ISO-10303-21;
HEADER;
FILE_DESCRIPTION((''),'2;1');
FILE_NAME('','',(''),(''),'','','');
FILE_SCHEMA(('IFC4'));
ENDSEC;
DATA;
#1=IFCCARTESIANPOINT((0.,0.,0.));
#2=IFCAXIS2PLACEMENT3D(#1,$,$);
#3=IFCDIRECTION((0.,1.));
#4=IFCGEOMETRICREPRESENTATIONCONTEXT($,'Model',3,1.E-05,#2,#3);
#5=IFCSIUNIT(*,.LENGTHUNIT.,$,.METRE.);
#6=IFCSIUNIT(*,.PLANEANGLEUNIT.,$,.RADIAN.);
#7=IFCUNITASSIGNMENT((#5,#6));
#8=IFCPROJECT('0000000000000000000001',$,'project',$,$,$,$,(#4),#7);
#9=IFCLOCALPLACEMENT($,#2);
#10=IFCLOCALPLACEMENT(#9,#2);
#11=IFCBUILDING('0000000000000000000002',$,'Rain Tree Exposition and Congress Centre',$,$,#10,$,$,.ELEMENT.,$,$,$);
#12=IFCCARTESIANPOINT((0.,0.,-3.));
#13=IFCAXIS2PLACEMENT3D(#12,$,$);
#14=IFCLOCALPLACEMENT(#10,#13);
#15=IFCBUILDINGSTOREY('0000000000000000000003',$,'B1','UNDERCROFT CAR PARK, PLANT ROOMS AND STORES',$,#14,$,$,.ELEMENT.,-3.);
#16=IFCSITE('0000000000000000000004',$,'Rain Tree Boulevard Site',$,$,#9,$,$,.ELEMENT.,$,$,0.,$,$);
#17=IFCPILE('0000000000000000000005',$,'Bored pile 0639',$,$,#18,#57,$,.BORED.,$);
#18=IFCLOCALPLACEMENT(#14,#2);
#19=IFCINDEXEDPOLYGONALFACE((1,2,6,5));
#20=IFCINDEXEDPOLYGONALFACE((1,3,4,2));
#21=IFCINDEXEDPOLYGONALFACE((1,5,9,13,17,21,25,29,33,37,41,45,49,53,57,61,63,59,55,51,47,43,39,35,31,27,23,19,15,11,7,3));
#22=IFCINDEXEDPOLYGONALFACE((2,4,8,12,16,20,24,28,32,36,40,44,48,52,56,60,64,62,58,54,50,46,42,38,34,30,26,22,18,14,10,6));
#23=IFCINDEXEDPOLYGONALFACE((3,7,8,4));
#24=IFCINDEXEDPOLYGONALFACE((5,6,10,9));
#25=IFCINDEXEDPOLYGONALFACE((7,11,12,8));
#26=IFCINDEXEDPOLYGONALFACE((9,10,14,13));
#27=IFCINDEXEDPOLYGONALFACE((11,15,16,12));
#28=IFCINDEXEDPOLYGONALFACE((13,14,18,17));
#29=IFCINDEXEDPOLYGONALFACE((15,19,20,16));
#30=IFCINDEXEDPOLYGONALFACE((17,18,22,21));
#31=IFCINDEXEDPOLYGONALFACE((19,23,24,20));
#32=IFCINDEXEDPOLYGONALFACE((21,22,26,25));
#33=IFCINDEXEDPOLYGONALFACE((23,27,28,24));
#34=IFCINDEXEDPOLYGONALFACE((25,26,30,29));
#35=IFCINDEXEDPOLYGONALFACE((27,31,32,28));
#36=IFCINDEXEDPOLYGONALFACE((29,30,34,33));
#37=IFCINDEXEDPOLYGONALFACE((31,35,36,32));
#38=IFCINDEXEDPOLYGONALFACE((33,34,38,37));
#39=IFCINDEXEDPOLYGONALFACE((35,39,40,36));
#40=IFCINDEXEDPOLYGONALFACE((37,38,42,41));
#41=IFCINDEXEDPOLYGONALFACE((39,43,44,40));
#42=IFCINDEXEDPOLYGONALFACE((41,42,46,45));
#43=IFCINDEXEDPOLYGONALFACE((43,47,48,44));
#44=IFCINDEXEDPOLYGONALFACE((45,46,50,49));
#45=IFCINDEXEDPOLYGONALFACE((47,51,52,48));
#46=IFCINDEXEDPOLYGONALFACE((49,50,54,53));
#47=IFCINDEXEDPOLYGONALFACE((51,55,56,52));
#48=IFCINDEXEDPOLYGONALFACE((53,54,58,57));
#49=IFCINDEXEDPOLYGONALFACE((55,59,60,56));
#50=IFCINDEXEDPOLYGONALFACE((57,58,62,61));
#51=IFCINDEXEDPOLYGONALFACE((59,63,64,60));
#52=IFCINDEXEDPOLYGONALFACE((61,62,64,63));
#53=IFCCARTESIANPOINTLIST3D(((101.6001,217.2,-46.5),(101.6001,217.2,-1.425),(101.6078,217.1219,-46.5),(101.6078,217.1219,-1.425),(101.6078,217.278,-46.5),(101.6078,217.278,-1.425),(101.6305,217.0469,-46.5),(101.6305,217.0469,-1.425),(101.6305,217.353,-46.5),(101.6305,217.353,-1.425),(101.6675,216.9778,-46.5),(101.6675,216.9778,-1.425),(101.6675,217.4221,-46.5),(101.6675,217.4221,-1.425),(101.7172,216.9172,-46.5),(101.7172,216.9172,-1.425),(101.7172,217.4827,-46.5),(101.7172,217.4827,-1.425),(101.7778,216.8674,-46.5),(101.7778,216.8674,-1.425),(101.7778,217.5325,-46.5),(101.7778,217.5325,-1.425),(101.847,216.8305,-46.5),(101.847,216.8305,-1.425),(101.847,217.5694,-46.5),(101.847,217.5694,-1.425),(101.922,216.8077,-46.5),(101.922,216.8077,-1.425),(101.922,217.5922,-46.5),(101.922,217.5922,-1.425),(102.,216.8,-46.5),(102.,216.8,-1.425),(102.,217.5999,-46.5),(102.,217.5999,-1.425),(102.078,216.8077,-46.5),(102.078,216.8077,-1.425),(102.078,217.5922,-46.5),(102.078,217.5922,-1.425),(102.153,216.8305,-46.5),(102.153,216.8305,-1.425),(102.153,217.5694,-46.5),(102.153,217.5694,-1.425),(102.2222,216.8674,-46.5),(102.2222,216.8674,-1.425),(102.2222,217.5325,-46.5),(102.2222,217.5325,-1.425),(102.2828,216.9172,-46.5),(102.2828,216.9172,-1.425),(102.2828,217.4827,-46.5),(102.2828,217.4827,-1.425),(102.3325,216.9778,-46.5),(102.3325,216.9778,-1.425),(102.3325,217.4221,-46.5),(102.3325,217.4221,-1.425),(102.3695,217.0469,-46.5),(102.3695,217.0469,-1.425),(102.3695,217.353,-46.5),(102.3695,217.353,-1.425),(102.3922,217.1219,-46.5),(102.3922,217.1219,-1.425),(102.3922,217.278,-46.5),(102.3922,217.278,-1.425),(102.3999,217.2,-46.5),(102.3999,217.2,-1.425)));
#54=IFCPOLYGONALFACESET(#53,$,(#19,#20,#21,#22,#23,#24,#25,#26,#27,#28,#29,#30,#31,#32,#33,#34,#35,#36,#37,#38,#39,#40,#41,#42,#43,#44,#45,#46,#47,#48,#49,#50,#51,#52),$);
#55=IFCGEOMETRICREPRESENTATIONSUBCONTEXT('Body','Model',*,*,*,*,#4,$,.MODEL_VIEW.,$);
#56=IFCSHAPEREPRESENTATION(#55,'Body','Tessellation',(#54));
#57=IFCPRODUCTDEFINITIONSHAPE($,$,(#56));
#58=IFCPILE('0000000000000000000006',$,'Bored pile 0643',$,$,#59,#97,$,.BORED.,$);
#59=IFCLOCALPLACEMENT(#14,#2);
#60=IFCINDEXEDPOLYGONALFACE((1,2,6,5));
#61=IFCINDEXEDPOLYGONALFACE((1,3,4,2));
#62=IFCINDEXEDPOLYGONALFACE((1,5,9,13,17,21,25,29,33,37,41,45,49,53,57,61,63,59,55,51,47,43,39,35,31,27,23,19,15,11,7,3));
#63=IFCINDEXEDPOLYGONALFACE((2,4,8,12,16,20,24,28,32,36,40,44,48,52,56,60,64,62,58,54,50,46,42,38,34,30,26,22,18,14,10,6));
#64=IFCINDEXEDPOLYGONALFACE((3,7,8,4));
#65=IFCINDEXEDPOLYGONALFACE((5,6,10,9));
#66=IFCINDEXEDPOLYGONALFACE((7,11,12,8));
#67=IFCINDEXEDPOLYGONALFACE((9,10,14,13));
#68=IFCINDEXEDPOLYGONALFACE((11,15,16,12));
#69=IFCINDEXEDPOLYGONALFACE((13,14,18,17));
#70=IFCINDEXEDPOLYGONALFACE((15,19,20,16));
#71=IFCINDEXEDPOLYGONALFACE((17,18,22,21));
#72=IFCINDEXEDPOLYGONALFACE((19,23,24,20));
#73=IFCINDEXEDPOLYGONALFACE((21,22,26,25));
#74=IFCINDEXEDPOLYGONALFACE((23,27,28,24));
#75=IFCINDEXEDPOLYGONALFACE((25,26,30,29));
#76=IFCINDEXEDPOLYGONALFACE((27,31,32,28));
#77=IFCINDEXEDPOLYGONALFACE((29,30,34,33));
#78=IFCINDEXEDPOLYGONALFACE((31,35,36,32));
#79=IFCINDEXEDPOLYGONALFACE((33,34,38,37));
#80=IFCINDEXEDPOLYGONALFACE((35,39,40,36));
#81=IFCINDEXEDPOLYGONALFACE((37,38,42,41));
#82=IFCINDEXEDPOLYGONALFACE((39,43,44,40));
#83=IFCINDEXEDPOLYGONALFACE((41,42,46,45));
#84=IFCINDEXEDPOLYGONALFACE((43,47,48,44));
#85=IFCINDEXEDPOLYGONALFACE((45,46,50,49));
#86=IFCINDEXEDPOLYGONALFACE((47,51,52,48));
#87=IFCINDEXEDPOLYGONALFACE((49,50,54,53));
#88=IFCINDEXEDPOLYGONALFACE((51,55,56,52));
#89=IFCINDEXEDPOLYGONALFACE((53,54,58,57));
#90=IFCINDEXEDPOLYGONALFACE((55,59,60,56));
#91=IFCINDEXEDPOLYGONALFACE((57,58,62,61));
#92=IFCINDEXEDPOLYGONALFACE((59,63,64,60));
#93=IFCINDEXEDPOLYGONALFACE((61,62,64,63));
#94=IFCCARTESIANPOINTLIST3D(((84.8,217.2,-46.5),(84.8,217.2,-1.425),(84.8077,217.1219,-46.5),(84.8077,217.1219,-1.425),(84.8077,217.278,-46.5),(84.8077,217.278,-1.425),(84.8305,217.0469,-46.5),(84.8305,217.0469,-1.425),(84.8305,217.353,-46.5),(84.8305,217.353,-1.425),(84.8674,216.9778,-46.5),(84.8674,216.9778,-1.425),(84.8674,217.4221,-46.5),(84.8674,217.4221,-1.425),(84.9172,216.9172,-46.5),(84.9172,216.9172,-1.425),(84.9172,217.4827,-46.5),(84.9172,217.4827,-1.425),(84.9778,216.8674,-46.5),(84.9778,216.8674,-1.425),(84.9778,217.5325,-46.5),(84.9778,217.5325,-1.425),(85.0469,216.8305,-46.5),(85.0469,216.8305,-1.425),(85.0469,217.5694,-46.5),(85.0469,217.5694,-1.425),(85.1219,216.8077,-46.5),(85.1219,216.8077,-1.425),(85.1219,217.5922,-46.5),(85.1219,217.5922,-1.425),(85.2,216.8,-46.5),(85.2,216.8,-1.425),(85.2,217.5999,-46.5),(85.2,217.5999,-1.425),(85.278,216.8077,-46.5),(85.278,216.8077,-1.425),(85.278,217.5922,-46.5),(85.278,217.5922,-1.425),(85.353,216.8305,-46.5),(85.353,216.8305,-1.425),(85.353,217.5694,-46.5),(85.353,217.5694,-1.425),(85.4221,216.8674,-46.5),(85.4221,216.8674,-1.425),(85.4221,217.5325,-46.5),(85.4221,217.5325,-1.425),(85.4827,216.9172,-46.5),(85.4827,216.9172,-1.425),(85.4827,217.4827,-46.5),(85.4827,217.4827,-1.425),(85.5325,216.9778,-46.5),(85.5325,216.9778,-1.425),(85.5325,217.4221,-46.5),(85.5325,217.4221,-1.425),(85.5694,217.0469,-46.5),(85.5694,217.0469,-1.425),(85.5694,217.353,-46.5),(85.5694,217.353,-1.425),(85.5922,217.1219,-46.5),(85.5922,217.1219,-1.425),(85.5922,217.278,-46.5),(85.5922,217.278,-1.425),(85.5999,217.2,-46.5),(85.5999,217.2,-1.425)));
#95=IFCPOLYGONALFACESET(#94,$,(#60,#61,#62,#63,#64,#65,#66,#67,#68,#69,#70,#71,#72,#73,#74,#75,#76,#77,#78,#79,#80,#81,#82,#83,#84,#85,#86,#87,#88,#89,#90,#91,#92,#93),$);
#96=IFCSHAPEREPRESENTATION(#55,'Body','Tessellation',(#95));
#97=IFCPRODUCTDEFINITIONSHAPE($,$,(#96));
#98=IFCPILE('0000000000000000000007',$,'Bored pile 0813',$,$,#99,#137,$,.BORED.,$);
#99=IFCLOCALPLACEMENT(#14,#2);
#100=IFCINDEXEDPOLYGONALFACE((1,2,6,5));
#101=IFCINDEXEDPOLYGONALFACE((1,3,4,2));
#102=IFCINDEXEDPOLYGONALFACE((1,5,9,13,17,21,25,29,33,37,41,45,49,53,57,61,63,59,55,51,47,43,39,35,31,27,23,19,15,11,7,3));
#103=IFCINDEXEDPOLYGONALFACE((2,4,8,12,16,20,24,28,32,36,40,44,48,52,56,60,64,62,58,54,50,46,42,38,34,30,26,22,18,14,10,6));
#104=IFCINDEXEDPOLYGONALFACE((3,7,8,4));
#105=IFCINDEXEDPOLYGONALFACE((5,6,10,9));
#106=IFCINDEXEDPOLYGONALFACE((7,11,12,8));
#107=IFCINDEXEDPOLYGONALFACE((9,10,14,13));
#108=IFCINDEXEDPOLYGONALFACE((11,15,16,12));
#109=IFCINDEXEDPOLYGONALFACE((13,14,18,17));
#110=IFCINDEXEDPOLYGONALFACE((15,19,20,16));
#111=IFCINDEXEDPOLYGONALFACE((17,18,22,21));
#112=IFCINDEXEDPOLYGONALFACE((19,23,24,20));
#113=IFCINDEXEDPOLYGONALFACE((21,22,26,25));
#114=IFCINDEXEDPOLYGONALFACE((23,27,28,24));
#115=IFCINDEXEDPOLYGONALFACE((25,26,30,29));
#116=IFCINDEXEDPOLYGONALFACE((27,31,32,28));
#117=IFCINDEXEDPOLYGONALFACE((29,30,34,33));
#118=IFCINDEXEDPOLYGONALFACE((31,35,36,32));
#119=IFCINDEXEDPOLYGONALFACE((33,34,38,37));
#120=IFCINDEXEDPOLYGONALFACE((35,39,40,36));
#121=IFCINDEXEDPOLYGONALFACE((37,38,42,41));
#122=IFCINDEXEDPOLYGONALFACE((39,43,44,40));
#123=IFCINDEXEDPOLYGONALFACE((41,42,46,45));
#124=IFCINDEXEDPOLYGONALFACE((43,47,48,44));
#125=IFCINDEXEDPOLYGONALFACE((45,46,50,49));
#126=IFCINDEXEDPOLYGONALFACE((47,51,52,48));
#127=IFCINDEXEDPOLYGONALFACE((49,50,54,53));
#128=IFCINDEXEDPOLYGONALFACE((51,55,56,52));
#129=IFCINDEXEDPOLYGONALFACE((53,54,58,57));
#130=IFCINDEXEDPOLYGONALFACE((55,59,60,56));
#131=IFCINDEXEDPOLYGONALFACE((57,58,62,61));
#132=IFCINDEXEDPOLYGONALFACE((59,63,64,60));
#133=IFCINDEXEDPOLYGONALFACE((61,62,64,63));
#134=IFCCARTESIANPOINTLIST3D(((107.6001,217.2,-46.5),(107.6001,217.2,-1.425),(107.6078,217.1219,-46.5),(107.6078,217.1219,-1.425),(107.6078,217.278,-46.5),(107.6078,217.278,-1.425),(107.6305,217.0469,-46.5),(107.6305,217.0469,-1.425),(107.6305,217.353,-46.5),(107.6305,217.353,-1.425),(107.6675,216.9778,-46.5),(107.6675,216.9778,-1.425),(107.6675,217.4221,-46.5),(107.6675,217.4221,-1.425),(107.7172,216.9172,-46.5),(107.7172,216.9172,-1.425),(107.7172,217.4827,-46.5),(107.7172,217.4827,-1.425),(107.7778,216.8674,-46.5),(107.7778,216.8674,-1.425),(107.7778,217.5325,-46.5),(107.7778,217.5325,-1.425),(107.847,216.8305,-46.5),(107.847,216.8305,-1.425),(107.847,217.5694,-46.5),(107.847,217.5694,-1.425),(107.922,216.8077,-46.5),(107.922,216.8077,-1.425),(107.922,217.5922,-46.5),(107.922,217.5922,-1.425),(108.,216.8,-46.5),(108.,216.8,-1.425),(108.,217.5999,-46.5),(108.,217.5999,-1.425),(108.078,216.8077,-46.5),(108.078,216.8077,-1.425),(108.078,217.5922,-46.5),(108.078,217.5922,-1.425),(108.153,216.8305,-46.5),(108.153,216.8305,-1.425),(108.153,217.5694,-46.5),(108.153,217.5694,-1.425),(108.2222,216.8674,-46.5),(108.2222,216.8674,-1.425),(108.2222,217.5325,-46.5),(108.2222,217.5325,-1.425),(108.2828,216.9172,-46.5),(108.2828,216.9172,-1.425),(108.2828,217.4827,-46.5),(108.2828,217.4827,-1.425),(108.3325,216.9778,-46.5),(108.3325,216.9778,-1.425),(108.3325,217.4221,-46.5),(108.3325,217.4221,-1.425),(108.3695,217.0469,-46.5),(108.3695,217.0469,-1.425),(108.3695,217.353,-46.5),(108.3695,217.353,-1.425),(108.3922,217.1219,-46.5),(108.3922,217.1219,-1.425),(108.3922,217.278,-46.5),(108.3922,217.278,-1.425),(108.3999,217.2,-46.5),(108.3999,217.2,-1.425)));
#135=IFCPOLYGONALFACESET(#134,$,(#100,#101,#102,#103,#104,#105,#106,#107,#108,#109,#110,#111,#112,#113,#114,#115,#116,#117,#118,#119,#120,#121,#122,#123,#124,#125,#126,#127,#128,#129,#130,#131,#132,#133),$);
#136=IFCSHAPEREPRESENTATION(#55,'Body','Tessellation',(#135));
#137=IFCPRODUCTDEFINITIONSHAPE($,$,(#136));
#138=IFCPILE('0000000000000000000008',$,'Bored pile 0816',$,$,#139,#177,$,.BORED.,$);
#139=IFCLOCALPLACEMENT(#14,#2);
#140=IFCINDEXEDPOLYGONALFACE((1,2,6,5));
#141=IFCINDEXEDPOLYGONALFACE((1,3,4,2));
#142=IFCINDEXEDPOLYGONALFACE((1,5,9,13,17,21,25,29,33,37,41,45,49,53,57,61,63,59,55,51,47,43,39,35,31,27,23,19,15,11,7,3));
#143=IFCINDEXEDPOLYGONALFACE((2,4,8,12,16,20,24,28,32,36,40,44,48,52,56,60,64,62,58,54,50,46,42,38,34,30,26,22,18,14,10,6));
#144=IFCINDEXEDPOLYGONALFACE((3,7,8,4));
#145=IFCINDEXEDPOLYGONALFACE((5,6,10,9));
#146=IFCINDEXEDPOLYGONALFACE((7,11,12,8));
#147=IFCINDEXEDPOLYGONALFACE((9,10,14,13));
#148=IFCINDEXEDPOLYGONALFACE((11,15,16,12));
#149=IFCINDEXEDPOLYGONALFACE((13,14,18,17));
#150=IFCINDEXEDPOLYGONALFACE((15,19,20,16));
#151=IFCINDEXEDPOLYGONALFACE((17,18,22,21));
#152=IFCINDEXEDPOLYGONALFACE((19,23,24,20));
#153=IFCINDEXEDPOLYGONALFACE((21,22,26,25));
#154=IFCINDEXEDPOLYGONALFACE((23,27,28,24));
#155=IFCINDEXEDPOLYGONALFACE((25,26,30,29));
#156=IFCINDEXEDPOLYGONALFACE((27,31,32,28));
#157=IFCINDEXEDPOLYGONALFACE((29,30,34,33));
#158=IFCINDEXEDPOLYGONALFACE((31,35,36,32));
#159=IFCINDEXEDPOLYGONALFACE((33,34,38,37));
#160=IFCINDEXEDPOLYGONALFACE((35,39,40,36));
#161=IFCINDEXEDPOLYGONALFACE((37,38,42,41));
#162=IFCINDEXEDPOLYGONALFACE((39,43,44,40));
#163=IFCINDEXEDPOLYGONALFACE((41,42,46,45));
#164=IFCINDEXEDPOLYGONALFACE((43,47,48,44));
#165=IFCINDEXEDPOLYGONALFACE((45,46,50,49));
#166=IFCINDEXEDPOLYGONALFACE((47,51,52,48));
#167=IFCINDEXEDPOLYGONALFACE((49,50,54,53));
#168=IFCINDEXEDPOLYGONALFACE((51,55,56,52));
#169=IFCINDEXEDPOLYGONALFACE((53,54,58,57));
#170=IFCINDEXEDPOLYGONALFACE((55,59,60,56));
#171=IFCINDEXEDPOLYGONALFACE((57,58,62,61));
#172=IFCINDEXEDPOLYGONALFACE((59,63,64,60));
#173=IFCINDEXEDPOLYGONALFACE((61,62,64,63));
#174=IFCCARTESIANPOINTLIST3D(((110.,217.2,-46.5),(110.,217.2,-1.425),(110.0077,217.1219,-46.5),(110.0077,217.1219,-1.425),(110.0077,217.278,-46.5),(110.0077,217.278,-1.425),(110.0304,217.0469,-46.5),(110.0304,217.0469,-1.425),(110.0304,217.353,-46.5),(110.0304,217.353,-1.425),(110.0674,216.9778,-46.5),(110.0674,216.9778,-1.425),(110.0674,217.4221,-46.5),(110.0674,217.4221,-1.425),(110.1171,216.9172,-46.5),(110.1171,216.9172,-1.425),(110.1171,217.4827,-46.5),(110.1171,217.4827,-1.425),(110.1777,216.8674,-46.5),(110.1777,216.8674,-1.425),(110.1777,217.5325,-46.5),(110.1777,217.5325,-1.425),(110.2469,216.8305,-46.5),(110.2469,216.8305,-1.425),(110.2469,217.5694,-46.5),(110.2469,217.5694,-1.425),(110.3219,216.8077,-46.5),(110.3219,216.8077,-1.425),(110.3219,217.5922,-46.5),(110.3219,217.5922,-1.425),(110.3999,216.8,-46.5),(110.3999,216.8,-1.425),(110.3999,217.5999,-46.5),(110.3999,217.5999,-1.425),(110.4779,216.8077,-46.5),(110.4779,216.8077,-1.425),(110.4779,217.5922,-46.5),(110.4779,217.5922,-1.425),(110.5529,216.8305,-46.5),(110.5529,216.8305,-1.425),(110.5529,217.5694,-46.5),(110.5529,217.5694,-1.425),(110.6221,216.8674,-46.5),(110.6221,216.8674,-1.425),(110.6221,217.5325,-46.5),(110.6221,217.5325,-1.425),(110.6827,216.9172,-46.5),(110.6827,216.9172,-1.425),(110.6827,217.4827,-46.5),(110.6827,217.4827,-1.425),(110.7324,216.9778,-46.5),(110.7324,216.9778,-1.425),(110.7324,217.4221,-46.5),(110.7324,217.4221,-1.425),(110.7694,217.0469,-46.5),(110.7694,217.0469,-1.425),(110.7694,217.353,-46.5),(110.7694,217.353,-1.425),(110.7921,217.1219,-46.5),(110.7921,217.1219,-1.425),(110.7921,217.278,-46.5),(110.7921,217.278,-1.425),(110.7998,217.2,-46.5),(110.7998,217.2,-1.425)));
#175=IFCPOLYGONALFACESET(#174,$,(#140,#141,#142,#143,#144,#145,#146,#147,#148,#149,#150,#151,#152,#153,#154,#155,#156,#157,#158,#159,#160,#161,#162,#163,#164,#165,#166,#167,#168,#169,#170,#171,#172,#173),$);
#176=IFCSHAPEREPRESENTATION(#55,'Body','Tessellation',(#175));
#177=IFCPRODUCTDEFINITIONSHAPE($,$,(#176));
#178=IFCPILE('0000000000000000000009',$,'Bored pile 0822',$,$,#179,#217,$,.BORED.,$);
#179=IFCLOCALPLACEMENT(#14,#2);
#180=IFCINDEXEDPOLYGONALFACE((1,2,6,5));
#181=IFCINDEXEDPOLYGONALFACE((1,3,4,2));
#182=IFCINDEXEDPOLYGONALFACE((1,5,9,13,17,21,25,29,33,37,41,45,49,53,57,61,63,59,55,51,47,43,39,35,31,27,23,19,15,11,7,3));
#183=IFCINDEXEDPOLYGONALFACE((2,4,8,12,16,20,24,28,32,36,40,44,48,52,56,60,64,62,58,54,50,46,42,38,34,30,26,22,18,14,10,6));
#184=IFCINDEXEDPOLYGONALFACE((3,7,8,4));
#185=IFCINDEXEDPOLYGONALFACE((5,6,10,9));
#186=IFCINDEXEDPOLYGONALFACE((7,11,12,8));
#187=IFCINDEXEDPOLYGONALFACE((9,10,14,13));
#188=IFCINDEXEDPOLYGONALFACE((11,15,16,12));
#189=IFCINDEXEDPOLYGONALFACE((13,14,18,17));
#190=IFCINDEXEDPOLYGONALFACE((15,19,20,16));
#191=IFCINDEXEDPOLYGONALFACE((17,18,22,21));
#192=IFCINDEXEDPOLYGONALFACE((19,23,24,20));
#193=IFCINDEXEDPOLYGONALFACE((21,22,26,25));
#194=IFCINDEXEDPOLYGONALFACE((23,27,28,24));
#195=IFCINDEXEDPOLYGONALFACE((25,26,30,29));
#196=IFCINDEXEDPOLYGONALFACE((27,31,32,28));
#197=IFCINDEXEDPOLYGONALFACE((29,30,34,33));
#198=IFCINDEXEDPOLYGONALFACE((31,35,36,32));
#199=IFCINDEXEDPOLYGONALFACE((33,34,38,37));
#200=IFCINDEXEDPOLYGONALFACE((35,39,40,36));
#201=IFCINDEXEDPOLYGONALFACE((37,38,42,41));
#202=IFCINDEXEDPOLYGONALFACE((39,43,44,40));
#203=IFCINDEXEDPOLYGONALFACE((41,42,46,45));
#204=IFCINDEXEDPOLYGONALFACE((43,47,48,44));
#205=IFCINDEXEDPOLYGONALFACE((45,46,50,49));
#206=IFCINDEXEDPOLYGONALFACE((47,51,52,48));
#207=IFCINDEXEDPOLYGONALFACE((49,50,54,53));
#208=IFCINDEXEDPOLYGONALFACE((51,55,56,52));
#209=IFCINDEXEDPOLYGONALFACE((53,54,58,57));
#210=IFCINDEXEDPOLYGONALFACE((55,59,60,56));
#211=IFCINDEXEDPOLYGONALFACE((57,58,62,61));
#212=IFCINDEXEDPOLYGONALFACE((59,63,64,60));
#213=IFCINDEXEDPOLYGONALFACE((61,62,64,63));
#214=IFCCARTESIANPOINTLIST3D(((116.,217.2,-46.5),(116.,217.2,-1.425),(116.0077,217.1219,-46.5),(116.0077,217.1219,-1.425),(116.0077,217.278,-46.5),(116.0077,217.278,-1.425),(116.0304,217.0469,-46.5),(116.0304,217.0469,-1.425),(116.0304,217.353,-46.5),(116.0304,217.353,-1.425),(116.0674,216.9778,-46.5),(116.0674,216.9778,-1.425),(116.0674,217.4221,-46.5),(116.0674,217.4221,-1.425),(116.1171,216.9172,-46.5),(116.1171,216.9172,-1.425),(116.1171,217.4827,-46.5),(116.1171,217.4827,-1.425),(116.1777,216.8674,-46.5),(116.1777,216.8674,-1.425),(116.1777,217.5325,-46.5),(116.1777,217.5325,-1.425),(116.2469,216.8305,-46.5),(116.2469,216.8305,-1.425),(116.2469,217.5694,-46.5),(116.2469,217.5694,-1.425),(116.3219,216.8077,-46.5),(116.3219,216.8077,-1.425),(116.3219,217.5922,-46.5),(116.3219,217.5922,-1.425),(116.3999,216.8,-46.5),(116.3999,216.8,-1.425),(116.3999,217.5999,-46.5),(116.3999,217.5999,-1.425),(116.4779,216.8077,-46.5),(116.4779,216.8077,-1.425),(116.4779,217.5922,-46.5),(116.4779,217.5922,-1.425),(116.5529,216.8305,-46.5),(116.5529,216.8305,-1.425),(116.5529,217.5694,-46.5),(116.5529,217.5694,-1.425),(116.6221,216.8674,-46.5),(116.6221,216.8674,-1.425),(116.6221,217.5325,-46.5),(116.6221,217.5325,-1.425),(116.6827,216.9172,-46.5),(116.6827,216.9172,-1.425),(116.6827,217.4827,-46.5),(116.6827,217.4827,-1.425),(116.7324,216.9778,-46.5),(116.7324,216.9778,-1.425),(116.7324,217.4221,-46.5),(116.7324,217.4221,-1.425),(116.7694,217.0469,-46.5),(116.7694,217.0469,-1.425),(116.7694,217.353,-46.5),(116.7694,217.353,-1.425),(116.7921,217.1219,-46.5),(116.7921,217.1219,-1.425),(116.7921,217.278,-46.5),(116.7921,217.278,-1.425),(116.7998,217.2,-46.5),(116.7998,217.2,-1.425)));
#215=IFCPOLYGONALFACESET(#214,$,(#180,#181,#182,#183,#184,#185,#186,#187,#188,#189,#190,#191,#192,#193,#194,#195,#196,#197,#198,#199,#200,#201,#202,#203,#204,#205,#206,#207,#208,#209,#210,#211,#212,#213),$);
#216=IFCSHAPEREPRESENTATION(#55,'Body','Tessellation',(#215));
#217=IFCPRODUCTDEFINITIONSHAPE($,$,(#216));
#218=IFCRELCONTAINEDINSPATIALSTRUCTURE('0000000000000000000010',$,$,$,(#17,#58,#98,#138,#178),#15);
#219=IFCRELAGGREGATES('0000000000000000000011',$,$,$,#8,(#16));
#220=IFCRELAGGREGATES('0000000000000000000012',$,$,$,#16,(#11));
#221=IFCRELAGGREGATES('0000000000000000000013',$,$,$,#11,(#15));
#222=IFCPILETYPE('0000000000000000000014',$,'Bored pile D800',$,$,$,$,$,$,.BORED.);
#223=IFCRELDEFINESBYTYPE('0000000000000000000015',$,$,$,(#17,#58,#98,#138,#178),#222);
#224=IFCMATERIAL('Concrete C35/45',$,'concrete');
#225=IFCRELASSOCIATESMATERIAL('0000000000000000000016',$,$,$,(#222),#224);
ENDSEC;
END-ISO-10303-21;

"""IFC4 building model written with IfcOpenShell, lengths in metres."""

from ifc_helpers import new_model, si_unit, direction, frame, origin, origin_2d, place, context, subcontext, project, spatial, circle, extrude, material, material_profile, profile_set, type_object, element, save


model = new_model("IFC4")

# Units and contexts
model_context = context("Model", 3, precision=1e-05, world=origin(), true_north=direction((0.0, 1.0)))
body_context = subcontext(model_context, "Body", "Model", "MODEL_VIEW")
ifc_project = project(units=[si_unit("LENGTHUNIT", "METRE"), si_unit("PLANEANGLEUNIT", "RADIAN")], contexts=[model_context])

# Site, building, storey
site_placement = place(None, origin())
site = spatial("IfcSite", under=ifc_project, at=site_placement, Name="Rain Tree Boulevard Site", CompositionType="ELEMENT", RefElevation=0.0)
building_placement = place(site_placement, origin())
building = spatial("IfcBuilding", under=site, at=building_placement, Name="Rain Tree Exposition and Congress Centre", CompositionType="ELEMENT")
storey_placement = place(building_placement, frame((0.0, 0.0, -3.0)))
storey = spatial("IfcBuildingStorey", under=building, at=storey_placement, Name="B1", Description="UNDERCROFT CAR PARK, PLANT ROOMS AND STORES", CompositionType="ELEMENT", Elevation=-3.0)

# Piles
ifc_material_1 = material(Name="Concrete C35/45", Category="concrete")
ifc_material_profile_1 = material_profile(ifc_material_1, circle(Radius=0.3999, at=origin_2d()), Name="D800")
ifc_profile_set_1 = profile_set([ifc_material_profile_1], Name="Concrete C35/45")
pile_type_1 = type_object("IfcPileType", Name="Bored pile D800", PredefinedType="BORED", material=ifc_profile_set_1)
for number, where, z_axis, x_axis, name in (
    (1, (102.0, 217.2, -1.425), (0.0, 0.0, -1.0), (1.0, 0.0, 0.0), "Bored pile 0639"),
    (2, (85.2, 217.2, -1.425), (0.0, 0.0, -1.0), (1.0, 0.0, 0.0), "Bored pile 0643"),
    (3, (108.0, 217.2, -1.425), (0.0, 0.0, -1.0), (1.0, 0.0, 0.0), "Bored pile 0813"),
    (4, (110.3999, 217.2, -1.425), (0.0, 0.0, -1.0), (1.0, 0.0, 0.0), "Bored pile 0816"),
    (5, (116.3999, 217.2, -1.425), (0.0, 0.0, -1.0), (1.0, 0.0, 0.0), "Bored pile 0822"),
):
    element("IfcPile", number, at=place(storey_placement, frame(where, z_axis=z_axis, x_axis=x_axis)), inside=storey, type_object=pile_type_1, Name=name, PredefinedType="BORED", context=body_context, shape_type="SweptSolid", body=[
        extrude(circle(Radius=0.3999, at=origin_2d()), origin(), (0.0, 0.0, 1.0), 45.075),
    ])

save(model, "model.ifc")
